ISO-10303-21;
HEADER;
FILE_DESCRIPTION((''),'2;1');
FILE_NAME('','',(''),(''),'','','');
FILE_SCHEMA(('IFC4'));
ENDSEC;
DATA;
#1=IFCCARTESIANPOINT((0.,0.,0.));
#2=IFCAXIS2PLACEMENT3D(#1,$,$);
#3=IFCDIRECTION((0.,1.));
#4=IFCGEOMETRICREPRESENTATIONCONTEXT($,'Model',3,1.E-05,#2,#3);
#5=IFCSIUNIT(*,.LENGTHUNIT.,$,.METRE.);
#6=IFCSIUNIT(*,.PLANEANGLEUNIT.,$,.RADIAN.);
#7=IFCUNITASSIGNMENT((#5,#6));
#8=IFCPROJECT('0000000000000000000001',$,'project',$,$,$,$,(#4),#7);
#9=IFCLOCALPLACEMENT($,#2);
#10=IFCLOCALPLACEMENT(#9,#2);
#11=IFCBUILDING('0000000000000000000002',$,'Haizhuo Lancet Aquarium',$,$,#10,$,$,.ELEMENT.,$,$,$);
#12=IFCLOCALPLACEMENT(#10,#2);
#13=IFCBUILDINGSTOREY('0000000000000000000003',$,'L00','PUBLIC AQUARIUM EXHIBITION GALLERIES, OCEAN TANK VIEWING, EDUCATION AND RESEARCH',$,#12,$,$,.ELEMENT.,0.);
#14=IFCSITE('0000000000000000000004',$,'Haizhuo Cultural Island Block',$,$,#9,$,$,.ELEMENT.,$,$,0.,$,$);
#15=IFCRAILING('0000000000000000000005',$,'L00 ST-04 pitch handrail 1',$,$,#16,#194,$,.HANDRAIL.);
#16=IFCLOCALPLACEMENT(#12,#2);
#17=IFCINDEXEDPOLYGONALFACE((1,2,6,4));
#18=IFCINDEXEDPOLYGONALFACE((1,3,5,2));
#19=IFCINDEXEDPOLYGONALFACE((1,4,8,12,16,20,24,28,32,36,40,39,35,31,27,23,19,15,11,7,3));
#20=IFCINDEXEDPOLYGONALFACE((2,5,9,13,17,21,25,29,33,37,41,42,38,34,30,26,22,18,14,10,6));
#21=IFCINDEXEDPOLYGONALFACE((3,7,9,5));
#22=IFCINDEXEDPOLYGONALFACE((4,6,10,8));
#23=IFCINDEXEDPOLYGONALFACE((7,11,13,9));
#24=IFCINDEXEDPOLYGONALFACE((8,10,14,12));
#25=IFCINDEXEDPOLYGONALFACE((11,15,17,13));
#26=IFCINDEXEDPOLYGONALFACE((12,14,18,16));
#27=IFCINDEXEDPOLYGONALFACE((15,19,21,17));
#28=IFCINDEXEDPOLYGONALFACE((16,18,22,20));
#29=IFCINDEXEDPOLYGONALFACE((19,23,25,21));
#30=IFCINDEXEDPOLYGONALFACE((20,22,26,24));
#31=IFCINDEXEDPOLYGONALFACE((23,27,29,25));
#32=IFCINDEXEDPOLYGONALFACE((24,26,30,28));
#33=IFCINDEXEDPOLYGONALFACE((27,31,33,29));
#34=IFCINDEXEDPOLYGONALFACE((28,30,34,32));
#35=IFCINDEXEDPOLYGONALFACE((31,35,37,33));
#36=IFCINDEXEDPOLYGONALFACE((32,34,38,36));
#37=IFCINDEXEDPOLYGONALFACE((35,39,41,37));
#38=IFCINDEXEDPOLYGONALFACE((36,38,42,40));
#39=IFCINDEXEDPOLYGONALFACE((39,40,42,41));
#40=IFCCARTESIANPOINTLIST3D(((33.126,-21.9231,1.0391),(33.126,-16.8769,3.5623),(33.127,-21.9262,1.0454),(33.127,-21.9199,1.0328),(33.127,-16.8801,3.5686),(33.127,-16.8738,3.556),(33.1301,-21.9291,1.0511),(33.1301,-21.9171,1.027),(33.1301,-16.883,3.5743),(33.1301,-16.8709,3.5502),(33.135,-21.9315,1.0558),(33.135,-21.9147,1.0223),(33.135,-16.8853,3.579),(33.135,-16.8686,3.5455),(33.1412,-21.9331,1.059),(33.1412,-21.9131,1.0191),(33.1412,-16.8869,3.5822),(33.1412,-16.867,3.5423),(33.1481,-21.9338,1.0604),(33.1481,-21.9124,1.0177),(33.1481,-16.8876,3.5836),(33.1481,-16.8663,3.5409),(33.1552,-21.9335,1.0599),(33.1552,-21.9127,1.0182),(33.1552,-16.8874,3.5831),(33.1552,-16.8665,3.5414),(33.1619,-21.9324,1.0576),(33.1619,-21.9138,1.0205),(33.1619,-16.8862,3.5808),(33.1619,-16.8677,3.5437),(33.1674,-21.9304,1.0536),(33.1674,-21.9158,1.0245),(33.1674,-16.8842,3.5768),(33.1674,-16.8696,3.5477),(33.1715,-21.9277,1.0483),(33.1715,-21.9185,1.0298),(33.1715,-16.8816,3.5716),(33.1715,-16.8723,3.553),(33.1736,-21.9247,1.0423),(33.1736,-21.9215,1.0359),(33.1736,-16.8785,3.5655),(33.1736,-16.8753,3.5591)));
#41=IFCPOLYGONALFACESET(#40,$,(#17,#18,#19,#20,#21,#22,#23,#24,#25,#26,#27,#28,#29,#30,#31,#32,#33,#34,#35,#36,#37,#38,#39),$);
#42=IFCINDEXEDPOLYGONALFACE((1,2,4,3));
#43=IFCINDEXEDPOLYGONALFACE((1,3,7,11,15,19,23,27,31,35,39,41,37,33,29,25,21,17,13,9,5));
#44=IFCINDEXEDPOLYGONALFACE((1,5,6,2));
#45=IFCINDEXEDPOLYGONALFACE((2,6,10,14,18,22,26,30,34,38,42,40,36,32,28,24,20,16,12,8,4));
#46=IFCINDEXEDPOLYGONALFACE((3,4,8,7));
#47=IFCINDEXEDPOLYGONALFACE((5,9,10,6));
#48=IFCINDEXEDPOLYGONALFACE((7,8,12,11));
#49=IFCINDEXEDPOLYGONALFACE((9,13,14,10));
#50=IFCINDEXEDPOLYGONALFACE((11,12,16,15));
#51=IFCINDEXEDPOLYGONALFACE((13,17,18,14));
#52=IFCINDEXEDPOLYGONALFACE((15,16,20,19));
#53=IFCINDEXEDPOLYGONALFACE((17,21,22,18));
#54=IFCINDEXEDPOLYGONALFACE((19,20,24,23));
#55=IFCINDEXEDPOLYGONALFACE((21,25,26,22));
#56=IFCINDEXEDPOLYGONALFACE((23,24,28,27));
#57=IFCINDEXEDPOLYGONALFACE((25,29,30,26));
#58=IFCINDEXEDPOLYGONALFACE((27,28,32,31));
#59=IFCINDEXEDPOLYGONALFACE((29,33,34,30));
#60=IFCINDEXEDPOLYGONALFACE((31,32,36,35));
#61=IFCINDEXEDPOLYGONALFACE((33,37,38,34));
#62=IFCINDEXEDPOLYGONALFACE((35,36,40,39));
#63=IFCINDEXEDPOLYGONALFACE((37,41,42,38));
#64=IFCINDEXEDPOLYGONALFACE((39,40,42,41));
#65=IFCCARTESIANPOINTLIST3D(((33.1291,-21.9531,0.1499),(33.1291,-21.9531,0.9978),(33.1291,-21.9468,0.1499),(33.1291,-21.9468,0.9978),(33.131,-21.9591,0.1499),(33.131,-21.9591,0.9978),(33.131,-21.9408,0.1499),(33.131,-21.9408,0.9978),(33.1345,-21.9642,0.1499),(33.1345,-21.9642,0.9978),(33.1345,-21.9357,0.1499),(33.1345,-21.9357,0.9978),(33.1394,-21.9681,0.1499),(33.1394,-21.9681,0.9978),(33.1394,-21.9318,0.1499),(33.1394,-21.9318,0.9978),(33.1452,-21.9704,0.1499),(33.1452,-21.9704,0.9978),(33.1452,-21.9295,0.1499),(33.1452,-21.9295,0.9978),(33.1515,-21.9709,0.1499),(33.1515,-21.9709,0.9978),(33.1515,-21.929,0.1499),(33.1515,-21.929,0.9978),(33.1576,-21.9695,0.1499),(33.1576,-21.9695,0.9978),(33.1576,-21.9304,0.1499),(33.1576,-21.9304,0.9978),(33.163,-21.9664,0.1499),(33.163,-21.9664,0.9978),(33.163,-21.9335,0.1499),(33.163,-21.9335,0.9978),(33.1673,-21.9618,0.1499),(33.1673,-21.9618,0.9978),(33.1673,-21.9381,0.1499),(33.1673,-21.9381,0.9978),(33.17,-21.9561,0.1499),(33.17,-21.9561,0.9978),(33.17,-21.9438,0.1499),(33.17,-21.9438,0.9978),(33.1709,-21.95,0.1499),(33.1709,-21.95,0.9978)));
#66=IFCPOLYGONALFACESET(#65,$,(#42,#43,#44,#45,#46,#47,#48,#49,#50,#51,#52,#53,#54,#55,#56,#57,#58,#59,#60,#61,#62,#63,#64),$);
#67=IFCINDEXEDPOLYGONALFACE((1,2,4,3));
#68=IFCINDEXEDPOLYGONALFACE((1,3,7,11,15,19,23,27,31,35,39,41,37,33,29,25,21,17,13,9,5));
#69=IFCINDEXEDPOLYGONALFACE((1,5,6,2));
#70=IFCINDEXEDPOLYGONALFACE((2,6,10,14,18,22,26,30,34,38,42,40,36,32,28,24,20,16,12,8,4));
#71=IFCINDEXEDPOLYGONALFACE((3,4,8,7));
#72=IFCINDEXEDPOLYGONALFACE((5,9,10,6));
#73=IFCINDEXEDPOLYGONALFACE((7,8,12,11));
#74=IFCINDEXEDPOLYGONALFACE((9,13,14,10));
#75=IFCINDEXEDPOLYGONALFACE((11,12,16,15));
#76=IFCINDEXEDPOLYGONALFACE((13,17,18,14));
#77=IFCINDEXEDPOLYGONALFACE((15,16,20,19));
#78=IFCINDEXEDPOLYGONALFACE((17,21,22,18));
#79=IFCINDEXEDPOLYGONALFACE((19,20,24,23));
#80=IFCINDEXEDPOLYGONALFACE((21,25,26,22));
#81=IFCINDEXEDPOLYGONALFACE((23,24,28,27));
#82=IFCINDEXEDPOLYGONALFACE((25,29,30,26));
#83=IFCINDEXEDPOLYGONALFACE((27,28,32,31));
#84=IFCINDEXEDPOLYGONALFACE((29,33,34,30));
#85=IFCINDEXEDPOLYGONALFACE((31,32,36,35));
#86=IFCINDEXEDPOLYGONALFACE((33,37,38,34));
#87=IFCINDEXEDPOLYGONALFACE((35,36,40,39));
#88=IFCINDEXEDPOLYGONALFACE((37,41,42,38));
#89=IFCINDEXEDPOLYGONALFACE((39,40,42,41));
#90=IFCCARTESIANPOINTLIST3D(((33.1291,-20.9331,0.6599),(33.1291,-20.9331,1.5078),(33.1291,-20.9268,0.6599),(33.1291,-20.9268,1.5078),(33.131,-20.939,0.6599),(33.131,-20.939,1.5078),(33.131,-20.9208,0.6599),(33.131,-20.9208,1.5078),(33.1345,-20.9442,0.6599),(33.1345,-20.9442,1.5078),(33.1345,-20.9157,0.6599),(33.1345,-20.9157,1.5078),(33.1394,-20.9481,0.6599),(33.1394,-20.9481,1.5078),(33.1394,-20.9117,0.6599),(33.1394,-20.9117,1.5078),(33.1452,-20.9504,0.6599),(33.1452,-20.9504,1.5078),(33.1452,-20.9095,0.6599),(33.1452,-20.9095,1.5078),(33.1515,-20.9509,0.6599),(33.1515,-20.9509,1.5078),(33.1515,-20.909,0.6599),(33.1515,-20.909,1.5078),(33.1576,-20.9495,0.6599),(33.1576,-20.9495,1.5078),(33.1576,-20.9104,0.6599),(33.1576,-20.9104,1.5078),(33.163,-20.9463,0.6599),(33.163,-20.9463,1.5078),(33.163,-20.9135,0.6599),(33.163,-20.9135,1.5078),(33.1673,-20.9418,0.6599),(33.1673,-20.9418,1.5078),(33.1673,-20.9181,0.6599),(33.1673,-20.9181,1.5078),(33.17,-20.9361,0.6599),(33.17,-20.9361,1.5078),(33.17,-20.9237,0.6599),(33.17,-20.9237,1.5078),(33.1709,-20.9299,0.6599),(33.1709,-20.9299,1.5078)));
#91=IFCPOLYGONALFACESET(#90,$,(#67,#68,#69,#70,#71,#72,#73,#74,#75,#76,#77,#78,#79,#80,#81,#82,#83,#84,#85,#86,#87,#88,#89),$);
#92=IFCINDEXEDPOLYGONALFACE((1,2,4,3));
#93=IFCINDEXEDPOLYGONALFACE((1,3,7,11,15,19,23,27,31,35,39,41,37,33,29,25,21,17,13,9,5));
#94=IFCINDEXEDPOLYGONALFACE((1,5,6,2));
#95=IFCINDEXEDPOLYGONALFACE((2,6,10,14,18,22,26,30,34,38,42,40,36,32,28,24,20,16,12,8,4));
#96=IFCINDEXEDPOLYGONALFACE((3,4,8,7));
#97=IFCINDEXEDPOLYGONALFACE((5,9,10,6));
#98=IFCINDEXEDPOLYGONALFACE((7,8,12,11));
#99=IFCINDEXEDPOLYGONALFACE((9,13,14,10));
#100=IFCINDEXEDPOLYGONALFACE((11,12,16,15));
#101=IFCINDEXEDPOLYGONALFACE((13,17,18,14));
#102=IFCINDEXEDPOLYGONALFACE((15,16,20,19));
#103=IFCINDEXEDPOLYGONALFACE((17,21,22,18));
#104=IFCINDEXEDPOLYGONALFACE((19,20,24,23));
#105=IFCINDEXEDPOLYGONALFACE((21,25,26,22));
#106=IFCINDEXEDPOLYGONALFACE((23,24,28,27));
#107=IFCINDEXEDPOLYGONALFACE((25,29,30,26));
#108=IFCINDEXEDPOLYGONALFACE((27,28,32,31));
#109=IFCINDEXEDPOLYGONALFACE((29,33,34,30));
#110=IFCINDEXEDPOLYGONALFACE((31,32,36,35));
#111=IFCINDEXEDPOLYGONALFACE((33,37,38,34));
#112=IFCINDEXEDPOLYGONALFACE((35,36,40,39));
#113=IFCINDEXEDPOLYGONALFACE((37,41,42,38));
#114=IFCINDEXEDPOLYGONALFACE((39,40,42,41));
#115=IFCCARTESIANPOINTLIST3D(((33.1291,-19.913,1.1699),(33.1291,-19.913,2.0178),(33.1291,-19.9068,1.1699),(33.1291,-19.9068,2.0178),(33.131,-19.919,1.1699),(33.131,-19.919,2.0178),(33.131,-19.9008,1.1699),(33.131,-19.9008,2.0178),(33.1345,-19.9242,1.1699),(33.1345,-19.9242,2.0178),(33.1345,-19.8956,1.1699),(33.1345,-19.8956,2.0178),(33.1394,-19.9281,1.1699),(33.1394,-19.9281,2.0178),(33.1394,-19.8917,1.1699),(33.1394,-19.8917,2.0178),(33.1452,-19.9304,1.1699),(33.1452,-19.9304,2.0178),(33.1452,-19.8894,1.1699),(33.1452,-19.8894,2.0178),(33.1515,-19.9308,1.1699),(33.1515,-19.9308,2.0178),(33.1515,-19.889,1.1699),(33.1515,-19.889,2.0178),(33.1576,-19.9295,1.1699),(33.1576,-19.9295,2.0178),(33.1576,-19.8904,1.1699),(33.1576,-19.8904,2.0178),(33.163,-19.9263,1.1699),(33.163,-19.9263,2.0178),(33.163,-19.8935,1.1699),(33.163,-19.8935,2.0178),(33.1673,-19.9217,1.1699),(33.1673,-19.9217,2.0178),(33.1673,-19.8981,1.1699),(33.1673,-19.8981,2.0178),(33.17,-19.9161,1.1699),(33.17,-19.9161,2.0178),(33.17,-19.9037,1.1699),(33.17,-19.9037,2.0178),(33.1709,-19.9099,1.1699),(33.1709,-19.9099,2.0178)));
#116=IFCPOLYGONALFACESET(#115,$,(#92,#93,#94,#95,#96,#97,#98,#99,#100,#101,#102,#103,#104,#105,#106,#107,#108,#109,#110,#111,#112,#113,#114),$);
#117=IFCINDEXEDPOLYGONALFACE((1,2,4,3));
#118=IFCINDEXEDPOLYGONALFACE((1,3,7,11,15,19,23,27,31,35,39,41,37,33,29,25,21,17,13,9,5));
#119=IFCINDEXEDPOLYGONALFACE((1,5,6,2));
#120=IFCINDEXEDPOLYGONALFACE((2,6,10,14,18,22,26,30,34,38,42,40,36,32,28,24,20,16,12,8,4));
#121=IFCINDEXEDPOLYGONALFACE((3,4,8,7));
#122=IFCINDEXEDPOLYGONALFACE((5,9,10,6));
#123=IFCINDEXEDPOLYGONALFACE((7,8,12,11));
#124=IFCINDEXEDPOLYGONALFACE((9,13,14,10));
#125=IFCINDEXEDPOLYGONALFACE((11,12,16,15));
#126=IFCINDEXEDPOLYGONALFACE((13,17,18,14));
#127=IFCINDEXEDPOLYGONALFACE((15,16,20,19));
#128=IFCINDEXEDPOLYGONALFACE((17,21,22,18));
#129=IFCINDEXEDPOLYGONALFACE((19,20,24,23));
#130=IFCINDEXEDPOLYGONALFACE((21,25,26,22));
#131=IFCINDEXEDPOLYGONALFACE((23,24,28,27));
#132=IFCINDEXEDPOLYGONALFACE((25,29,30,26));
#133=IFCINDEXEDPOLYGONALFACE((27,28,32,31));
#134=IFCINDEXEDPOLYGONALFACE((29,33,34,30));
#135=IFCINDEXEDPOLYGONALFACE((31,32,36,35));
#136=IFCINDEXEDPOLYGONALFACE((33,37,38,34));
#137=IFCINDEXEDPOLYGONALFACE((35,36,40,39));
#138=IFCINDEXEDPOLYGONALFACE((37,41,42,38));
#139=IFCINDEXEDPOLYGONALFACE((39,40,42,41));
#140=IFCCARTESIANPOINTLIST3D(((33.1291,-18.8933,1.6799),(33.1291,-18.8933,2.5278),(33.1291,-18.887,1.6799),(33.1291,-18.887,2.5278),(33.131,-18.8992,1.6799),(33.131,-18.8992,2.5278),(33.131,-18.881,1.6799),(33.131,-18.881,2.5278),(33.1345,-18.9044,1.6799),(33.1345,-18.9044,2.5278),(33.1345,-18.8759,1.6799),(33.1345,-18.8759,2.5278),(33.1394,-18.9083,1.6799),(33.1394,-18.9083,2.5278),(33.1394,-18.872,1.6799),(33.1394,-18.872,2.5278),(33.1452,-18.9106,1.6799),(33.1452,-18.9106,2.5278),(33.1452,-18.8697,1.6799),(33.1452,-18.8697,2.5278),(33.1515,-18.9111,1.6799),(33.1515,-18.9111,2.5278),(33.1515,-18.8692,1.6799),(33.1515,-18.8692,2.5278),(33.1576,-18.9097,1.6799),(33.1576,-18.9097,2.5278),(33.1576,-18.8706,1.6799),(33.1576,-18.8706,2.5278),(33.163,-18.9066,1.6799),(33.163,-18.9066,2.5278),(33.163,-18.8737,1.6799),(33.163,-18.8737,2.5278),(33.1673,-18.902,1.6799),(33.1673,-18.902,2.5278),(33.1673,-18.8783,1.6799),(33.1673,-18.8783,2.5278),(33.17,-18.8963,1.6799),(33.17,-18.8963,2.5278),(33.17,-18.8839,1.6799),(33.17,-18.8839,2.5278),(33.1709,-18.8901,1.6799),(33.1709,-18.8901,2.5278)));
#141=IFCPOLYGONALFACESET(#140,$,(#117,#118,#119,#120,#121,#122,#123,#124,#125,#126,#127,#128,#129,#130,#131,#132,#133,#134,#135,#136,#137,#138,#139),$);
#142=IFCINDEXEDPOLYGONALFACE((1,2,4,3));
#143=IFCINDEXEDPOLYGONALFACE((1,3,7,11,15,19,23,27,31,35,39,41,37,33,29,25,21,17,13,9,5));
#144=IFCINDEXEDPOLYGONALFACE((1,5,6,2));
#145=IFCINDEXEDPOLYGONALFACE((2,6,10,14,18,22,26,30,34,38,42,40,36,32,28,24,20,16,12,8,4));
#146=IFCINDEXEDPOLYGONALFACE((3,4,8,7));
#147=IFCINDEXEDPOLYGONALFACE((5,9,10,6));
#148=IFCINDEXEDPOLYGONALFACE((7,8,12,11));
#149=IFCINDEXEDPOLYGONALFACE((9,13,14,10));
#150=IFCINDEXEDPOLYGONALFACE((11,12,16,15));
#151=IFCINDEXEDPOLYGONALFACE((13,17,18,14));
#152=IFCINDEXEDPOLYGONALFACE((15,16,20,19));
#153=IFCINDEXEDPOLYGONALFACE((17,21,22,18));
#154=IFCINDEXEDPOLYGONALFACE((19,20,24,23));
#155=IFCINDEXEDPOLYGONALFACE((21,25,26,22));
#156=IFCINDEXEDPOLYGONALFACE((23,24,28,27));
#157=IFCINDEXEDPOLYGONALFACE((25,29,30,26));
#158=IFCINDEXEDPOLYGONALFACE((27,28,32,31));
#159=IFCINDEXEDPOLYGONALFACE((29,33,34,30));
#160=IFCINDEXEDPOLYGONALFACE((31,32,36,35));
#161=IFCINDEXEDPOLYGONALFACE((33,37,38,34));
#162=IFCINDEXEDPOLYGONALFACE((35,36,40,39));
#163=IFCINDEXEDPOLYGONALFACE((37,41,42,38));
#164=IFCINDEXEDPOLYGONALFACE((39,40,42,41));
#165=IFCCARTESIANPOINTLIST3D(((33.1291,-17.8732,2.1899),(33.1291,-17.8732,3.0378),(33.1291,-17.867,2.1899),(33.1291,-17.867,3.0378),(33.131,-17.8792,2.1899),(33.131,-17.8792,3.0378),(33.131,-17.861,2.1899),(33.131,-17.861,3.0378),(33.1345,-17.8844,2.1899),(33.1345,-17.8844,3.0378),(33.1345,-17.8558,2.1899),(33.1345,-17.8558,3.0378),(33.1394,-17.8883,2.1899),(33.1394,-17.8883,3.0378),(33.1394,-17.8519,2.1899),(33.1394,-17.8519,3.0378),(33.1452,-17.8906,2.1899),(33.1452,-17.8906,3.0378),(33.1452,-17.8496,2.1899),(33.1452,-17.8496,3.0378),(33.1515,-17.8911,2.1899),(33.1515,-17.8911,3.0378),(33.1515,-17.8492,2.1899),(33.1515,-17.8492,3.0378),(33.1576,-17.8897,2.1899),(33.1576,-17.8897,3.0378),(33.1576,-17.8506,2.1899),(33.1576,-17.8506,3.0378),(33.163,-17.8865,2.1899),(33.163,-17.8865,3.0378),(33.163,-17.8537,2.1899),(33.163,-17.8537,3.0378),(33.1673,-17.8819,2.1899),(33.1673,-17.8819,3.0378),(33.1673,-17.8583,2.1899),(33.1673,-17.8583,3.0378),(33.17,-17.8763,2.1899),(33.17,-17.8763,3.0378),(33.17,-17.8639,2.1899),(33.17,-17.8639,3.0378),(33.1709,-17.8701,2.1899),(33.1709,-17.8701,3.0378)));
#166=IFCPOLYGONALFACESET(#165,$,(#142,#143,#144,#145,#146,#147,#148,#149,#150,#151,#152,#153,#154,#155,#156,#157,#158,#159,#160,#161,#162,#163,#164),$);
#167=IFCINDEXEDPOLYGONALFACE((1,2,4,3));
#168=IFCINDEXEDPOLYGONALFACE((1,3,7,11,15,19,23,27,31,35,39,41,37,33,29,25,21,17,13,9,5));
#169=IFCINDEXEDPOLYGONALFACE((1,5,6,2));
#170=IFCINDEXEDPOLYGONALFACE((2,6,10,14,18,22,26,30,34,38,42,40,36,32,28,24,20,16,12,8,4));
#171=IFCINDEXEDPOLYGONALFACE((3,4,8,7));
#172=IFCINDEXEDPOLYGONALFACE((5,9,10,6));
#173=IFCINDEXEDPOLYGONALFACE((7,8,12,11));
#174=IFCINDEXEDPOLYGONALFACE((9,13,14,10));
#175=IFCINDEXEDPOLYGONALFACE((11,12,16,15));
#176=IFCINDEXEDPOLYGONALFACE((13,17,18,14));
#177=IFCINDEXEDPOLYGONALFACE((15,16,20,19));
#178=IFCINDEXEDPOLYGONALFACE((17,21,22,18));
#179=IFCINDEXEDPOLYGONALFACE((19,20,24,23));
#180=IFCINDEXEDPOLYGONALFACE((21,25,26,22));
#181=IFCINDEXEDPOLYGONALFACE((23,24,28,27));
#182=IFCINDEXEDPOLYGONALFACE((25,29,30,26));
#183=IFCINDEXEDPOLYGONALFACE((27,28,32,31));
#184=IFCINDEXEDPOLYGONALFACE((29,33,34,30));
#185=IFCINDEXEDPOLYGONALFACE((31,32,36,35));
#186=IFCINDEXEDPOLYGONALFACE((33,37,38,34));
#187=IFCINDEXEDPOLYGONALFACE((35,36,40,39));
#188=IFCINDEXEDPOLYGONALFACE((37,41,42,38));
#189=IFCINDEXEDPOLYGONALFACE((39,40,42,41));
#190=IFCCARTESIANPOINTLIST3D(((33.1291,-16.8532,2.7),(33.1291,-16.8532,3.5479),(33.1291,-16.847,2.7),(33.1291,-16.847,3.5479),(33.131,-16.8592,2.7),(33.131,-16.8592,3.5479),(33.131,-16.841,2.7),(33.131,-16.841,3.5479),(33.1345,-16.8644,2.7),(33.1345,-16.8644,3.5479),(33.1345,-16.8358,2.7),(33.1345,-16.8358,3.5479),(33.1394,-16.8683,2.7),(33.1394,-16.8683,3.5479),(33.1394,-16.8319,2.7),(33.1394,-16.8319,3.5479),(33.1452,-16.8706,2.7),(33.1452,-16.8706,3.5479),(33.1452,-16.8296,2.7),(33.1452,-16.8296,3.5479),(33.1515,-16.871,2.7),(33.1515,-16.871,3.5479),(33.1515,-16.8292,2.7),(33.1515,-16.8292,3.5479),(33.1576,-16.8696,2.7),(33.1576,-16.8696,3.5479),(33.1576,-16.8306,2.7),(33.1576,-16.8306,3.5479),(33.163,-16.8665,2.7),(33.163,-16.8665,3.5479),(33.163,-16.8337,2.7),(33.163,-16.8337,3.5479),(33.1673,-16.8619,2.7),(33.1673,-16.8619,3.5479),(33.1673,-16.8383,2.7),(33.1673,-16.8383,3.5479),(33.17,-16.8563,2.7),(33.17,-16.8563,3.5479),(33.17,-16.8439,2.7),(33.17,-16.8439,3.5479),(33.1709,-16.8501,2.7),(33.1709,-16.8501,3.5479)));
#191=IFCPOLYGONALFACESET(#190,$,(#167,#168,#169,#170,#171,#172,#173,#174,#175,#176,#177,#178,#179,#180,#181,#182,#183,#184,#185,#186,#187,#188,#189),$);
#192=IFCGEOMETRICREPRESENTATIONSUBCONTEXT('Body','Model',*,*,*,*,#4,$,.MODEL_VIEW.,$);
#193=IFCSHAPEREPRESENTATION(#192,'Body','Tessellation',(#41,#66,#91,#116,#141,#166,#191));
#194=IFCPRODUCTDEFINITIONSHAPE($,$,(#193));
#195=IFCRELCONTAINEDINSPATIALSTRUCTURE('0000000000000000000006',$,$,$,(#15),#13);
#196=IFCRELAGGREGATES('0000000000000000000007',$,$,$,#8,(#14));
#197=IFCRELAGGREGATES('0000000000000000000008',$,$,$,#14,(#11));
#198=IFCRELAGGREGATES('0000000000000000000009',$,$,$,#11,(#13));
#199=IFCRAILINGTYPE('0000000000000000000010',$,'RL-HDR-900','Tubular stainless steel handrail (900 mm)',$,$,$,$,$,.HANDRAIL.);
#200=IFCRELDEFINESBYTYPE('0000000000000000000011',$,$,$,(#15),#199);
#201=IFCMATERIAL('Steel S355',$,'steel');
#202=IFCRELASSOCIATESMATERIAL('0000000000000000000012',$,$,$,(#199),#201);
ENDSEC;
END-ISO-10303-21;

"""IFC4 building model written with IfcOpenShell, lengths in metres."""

from ifc_helpers import new_model, si_unit, direction, frame, origin, origin_2d, place, context, subcontext, project, spatial, circle, extrude, material, type_object, element, save


model = new_model("IFC4")

# Units and contexts
model_context = context("Model", 3, precision=1e-05, world=origin(), true_north=direction((0.0, 1.0)))
body_context = subcontext(model_context, "Body", "Model", "MODEL_VIEW")
ifc_project = project(units=[si_unit("LENGTHUNIT", "METRE"), si_unit("PLANEANGLEUNIT", "RADIAN")], contexts=[model_context])

# Site, building, storey
site_placement = place(None, origin())
site = spatial("IfcSite", under=ifc_project, at=site_placement, Name="Haizhuo Cultural Island Block", CompositionType="ELEMENT", RefElevation=0.0)
building_placement = place(site_placement, origin())
building = spatial("IfcBuilding", under=site, at=building_placement, Name="Haizhuo Lancet Aquarium", CompositionType="ELEMENT")
storey_placement = place(building_placement, origin())
storey = spatial("IfcBuildingStorey", under=building, at=storey_placement, Name="L00", Description="PUBLIC AQUARIUM EXHIBITION GALLERIES, OCEAN TANK VIEWING, EDUCATION AND RESEARCH", CompositionType="ELEMENT", Elevation=0.0)

# Shared definitions
ifc_material_1 = material(Name="Steel S355", Category="steel")

# Railing
railing_type_1 = type_object("IfcRailingType", Name="RL-HDR-900", Description="Tubular stainless steel handrail (900 mm)", PredefinedType="HANDRAIL", material=ifc_material_1)
railing_1_placement = place(storey_placement, frame((33.1499, -21.95, 0.1499)))
element("IfcRailing", 1, at=railing_1_placement, inside=storey, type_object=railing_type_1, Name="L00 ST-04 pitch handrail 1", PredefinedType="HANDRAIL", context=body_context, shape_type="SweptSolid", body=[
    extrude(circle(Radius=0.0239, at=origin_2d()), frame((0.0, 0.0269, 0.8892), z_axis=(0.0, 0.894419, 0.447231), x_axis=(-1.0, 0.0, 0.0)), (0.0, 0.0, 1.0), 5.6418),
    extrude(circle(Radius=0.021, at=origin_2d()), origin(), (0.0, 0.0, 1.0), 0.8479),
    extrude(circle(Radius=0.021, at=origin_2d()), frame((0.0, 1.02, 0.51)), (0.0, 0.0, 1.0), 0.8479),
    extrude(circle(Radius=0.021, at=origin_2d()), frame((0.0, 2.04, 1.02)), (0.0, 0.0, 1.0), 0.8479),
    extrude(circle(Radius=0.021, at=origin_2d()), frame((0.0, 3.0598, 1.53)), (0.0, 0.0, 1.0), 0.8479),
    extrude(circle(Radius=0.021, at=origin_2d()), frame((0.0, 4.0798, 2.04)), (0.0, 0.0, 1.0), 0.8479),
    extrude(circle(Radius=0.021, at=origin_2d()), frame((0.0, 5.0999, 2.55)), (0.0, 0.0, 1.0), 0.8479),
])

save(model, "model.ifc")
